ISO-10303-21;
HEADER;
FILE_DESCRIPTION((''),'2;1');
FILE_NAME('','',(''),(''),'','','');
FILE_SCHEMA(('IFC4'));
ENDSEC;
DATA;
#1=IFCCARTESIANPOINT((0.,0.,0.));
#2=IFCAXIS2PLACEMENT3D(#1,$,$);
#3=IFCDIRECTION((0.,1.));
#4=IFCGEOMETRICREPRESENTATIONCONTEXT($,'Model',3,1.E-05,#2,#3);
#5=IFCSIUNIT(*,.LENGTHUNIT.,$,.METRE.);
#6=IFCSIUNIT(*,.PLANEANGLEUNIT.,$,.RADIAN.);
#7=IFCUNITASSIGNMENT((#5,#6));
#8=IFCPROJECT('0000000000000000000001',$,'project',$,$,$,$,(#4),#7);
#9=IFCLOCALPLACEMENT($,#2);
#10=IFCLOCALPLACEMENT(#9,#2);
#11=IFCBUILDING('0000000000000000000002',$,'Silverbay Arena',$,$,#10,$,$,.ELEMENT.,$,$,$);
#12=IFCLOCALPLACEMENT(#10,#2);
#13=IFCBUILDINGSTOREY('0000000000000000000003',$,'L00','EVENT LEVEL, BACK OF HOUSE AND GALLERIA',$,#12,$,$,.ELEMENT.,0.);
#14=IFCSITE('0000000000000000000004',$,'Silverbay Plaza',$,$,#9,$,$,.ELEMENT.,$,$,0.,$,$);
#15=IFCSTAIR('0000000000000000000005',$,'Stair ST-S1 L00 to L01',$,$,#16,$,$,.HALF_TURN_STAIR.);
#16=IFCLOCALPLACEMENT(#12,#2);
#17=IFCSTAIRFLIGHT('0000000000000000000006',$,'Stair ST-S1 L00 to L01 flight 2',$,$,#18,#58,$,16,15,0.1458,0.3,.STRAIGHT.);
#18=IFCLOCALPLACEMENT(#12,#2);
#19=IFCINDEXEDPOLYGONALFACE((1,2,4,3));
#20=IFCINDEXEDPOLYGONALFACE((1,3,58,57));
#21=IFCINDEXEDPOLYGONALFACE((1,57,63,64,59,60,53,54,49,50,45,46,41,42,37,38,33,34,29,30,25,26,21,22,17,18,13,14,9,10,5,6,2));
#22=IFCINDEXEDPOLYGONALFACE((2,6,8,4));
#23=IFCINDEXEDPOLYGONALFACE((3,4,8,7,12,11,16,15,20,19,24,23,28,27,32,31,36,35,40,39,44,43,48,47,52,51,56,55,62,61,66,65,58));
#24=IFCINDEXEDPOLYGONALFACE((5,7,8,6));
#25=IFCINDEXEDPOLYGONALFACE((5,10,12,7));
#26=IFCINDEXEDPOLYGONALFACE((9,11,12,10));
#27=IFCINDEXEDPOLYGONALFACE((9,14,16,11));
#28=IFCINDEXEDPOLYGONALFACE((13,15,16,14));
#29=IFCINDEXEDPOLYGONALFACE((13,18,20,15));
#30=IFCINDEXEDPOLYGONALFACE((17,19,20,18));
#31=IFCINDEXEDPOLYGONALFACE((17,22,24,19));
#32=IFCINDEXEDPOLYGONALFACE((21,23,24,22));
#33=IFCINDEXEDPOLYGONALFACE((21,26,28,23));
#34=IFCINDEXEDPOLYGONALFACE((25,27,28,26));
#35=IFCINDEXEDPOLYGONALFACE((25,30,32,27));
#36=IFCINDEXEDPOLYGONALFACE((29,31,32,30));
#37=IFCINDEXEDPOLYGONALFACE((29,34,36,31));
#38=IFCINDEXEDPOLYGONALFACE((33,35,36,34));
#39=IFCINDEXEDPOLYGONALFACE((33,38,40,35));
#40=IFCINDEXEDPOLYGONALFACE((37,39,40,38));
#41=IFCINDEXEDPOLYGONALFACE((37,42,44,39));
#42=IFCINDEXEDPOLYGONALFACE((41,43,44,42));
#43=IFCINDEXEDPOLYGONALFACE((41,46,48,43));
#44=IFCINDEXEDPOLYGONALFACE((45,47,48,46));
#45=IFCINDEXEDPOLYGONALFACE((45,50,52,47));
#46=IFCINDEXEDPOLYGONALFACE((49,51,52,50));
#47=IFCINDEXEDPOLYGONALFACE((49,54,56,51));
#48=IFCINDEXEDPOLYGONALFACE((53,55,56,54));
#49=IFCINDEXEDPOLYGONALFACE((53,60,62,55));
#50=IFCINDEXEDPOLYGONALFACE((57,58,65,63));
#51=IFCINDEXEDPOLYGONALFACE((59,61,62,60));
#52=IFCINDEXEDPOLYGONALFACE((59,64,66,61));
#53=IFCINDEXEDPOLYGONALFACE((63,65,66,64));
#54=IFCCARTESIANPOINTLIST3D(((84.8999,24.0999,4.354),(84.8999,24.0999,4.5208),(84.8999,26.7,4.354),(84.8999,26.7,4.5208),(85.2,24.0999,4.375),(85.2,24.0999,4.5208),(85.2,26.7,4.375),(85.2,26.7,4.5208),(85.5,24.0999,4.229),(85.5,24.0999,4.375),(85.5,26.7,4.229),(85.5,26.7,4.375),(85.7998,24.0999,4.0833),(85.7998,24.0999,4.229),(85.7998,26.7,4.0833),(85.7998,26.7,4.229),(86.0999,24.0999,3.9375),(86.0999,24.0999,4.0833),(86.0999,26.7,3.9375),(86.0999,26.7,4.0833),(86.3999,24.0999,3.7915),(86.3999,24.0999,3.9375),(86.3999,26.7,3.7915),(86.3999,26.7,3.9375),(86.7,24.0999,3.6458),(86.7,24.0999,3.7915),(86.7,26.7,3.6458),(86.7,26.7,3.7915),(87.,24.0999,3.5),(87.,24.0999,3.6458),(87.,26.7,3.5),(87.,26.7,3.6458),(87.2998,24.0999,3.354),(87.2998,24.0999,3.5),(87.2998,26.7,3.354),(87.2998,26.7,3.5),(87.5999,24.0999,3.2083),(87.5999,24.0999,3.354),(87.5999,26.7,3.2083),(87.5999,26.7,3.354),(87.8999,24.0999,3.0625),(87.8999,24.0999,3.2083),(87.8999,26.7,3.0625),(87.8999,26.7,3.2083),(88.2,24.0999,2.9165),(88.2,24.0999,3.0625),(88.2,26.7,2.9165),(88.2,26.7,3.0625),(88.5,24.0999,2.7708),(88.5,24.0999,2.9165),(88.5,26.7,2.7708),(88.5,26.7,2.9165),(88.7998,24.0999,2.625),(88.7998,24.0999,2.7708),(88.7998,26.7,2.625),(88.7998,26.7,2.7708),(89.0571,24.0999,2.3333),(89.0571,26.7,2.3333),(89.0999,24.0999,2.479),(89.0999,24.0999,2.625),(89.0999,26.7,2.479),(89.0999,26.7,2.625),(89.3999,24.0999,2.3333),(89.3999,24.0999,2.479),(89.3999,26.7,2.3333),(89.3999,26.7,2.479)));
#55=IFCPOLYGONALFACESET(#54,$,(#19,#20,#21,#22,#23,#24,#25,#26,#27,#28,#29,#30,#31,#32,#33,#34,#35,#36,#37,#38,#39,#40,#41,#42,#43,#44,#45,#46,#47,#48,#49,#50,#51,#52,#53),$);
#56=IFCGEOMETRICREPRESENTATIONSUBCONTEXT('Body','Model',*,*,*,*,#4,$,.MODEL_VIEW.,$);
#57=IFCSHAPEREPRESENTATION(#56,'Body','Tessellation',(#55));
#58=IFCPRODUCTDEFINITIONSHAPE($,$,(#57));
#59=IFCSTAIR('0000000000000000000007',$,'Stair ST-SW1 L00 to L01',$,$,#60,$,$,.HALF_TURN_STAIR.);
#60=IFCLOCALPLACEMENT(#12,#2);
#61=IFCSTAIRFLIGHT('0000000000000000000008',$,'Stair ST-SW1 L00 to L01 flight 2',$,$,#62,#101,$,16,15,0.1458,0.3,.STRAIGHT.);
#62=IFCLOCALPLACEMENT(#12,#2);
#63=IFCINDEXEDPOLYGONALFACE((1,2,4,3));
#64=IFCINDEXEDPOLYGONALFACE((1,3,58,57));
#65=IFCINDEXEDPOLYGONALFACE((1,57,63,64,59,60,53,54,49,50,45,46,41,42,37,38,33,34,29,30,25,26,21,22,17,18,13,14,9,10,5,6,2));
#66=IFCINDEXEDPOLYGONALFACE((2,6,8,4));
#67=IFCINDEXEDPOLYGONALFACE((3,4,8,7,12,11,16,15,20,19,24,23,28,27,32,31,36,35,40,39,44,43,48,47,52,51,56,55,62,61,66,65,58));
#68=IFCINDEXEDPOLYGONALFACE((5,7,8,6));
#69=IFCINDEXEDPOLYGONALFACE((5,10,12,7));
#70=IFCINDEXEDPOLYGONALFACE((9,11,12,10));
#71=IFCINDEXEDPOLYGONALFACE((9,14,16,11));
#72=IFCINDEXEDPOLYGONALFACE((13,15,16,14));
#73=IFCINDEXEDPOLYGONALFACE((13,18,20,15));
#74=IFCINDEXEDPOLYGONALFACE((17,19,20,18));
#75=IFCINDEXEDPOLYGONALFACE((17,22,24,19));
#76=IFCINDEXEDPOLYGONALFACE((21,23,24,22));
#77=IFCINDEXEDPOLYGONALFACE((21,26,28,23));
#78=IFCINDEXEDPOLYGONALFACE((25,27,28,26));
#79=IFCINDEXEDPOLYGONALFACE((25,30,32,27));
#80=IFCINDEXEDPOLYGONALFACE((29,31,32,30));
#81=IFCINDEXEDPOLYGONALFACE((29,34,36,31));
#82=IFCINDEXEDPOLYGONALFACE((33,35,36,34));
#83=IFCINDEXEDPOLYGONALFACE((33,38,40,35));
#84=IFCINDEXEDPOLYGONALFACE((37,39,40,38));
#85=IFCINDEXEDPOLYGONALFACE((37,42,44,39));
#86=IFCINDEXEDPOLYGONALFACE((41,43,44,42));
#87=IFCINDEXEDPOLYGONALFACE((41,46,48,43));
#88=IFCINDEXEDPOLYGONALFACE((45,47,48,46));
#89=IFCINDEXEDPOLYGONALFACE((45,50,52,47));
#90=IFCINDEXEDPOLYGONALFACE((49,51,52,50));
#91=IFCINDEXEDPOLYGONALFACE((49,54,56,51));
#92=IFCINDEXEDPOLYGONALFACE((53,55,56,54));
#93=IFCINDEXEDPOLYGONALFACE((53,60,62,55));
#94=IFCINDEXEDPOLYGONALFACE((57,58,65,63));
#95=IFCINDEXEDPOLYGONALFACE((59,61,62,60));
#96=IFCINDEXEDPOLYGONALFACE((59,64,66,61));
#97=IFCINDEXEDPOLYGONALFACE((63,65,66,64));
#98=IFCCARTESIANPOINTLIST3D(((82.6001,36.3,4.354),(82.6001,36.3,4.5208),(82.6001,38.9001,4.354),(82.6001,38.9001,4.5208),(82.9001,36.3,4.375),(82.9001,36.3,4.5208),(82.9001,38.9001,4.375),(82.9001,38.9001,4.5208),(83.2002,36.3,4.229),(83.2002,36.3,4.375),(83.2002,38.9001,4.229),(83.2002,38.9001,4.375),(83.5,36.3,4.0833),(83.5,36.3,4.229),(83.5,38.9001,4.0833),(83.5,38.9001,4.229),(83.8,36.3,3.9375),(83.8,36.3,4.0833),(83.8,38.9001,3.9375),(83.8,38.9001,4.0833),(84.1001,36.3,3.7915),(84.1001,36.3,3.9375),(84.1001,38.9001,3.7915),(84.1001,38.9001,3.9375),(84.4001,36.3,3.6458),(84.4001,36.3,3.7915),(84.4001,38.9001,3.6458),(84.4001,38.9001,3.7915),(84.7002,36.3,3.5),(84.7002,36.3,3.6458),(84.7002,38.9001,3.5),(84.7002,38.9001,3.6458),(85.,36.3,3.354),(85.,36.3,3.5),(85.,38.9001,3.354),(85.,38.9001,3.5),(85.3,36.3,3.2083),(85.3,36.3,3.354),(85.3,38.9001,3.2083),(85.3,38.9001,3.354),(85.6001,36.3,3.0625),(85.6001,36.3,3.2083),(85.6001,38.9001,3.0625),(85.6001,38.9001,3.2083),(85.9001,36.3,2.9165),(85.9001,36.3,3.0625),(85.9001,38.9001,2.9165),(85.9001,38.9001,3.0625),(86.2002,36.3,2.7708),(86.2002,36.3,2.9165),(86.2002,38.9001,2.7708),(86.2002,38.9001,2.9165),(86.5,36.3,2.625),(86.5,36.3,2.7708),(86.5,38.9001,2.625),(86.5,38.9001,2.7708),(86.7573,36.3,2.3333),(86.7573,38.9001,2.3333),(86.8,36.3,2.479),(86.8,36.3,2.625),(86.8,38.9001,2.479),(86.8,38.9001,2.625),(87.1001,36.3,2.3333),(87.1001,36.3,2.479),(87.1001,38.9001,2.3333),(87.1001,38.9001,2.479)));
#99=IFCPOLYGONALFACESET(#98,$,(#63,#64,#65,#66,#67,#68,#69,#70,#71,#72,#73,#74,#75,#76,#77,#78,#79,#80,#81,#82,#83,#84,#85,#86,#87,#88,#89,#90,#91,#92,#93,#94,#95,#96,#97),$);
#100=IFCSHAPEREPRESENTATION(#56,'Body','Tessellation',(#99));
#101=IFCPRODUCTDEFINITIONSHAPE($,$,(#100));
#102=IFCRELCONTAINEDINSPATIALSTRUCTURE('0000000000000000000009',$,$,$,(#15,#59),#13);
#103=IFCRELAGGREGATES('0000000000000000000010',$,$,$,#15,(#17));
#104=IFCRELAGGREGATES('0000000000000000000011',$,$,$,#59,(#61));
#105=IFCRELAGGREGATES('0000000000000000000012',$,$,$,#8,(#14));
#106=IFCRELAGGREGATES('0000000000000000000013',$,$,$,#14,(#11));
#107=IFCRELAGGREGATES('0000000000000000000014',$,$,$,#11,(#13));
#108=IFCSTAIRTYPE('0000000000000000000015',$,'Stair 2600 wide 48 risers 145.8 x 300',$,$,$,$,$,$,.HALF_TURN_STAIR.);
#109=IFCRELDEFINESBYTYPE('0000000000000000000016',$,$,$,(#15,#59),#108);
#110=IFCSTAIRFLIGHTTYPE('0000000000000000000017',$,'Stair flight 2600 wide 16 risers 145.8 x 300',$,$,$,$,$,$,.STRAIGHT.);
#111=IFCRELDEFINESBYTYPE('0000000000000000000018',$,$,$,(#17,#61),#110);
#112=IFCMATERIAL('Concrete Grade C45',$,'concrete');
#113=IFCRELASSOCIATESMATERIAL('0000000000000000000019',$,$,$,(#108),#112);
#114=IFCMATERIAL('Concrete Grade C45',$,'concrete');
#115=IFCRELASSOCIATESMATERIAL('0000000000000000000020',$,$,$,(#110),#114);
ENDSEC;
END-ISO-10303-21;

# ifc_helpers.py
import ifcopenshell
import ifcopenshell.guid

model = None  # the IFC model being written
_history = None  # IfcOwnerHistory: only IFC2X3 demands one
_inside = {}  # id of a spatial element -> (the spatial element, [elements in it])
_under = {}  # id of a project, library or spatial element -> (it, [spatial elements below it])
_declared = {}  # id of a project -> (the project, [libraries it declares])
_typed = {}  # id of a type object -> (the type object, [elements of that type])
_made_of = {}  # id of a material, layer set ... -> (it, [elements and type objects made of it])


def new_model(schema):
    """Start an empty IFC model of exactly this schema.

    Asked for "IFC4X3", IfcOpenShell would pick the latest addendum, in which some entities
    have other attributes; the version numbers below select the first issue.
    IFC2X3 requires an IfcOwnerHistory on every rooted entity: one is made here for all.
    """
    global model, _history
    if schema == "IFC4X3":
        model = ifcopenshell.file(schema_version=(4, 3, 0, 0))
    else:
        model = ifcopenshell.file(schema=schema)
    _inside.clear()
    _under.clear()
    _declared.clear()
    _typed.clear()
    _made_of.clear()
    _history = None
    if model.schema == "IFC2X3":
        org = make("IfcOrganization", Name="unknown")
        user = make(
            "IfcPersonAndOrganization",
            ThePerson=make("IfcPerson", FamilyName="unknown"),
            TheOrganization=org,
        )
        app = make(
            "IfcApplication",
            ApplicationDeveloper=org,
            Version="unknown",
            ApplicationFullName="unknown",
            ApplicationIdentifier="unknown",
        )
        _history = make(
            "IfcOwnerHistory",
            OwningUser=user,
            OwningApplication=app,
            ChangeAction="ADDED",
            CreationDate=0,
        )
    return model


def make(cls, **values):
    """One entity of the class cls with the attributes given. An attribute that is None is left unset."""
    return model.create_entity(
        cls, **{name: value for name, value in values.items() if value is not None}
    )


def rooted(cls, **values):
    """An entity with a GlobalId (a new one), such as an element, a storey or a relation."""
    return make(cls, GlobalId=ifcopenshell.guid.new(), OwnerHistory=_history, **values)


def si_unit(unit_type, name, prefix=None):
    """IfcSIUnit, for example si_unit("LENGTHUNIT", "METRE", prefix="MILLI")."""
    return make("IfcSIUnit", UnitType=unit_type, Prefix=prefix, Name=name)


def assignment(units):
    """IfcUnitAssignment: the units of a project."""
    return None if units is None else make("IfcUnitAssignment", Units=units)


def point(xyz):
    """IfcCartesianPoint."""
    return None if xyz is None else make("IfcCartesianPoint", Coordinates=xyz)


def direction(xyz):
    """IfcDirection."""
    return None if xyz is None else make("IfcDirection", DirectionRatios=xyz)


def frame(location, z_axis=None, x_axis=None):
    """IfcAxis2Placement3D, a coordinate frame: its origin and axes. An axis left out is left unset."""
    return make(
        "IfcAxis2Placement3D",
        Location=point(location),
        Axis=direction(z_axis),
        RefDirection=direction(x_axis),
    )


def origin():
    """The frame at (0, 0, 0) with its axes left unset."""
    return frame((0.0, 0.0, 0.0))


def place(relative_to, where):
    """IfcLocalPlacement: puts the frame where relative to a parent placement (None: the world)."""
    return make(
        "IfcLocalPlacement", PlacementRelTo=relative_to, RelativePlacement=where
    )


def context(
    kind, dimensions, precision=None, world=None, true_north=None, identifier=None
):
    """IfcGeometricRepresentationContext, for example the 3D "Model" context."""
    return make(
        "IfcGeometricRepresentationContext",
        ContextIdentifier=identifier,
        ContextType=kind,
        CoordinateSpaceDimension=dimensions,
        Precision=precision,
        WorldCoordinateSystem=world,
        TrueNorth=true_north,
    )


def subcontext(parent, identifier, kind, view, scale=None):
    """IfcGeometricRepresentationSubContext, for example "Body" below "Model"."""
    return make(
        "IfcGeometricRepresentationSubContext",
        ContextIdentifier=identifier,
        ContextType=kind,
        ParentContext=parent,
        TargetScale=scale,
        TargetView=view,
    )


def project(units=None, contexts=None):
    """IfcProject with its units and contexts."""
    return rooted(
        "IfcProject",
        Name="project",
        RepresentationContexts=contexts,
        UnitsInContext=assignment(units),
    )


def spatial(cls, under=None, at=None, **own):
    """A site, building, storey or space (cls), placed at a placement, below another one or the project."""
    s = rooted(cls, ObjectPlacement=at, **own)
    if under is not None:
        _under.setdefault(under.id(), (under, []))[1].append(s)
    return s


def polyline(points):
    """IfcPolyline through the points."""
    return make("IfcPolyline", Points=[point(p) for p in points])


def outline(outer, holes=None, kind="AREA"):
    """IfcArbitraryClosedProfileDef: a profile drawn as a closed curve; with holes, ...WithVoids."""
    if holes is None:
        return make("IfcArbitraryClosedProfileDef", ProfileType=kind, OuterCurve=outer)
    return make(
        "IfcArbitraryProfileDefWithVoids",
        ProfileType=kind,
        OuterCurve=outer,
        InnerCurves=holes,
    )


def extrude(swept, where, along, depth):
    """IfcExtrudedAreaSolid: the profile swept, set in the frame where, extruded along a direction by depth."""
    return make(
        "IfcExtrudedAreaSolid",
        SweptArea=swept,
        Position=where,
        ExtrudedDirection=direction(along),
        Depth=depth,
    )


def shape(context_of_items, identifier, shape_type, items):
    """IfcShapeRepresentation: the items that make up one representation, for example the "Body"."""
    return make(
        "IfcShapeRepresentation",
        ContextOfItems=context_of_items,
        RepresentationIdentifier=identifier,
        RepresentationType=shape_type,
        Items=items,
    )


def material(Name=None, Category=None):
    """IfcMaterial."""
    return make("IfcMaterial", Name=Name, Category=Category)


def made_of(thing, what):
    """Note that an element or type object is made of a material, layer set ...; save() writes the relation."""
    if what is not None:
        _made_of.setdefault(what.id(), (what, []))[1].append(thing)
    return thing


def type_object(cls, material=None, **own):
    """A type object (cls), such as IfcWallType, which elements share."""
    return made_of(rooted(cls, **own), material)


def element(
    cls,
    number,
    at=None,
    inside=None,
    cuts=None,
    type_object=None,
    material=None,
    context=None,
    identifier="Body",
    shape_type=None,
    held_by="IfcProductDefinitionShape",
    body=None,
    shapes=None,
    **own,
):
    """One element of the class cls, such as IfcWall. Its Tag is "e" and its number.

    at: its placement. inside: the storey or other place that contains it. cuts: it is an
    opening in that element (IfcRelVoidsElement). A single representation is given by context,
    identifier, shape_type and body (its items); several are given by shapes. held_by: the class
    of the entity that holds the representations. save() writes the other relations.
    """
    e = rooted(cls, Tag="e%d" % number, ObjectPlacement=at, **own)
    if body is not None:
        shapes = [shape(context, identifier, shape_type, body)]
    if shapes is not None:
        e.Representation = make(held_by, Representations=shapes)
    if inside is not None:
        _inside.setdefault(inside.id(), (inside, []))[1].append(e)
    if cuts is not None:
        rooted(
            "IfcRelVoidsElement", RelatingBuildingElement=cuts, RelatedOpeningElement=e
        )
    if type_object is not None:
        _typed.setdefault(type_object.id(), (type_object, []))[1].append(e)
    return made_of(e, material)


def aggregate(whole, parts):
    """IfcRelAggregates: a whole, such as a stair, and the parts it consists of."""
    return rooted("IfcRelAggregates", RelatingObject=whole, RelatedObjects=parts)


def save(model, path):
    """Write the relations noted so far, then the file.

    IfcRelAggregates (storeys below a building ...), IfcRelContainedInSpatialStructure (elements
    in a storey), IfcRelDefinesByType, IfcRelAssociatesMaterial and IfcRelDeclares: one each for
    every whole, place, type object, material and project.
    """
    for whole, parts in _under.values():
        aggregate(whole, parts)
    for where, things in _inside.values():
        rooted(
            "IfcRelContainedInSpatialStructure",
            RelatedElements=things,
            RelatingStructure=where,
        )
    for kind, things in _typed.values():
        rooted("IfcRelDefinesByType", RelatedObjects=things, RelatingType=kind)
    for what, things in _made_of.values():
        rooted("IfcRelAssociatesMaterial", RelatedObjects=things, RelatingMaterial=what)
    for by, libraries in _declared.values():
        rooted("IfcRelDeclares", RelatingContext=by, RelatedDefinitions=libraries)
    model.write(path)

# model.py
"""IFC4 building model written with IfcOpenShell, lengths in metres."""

from ifc_helpers import new_model, si_unit, direction, frame, origin, place, context, subcontext, project, spatial, polyline, outline, extrude, material, type_object, element, aggregate, save


model = new_model("IFC4")

# Units and contexts
model_context = context("Model", 3, precision=1e-05, world=origin(), true_north=direction((0.0, 1.0)))
body_context = subcontext(model_context, "Body", "Model", "MODEL_VIEW")
ifc_project = project(units=[si_unit("LENGTHUNIT", "METRE"), si_unit("PLANEANGLEUNIT", "RADIAN")], contexts=[model_context])

# Site, building, storey
site_placement = place(None, origin())
site = spatial("IfcSite", under=ifc_project, at=site_placement, Name="Silverbay Plaza", CompositionType="ELEMENT", RefElevation=0.0)
building_placement = place(site_placement, origin())
building = spatial("IfcBuilding", under=site, at=building_placement, Name="Silverbay Arena", CompositionType="ELEMENT")
storey_placement = place(building_placement, origin())
storey = spatial("IfcBuildingStorey", under=building, at=storey_placement, Name="L00", Description="EVENT LEVEL, BACK OF HOUSE AND GALLERIA", CompositionType="ELEMENT", Elevation=0.0)

# Stairs, stair flights
ifc_material_1 = material(Name="Concrete Grade C45", Category="concrete")
stair_type = type_object("IfcStairType", Name="Stair 2600 wide 48 risers 145.8 x 300", PredefinedType="HALF_TURN_STAIR", material=ifc_material_1)
stair_1_placement = place(storey_placement, origin())
stair_1 = element("IfcStair", 1, at=stair_1_placement, inside=storey, type_object=stair_type, Name="Stair ST-S1 L00 to L01", PredefinedType="HALF_TURN_STAIR")
ifc_material_2 = material(Name="Concrete Grade C45", Category="concrete")
stair_flight_type = type_object("IfcStairFlightType", Name="Stair flight 2600 wide 16 risers 145.8 x 300", PredefinedType="STRAIGHT", material=ifc_material_2)
stair_flight_1_placement = place(storey_placement, frame((89.3999, 25.3999, 2.3333), z_axis=(0.0, 0.0, 1.0), x_axis=(-1.0, 0.0, 0.0)))
stair_flight_1 = element("IfcStairFlight", 2, at=stair_flight_1_placement, type_object=stair_flight_type, Name="Stair ST-S1 L00 to L01 flight 2", NumberOfRisers=16, NumberOfTreads=15, PredefinedType="STRAIGHT", RiserHeight=0.1458, TreadLength=0.3, context=body_context, shape_type="SweptSolid", body=[
    extrude(outline(polyline([(0.0, 0.0), (0.0, 0.1458), (0.3, 0.1458), (0.3, 0.2917), (0.6001, 0.2917), (0.6001, 0.4375), (0.8999, 0.4375), (0.8999, 0.5833), (1.2, 0.5833), (1.2, 0.7292), (1.5, 0.7292), (1.5, 0.875), (1.8, 0.875), (1.8, 1.0208), (2.1001, 1.0208), (2.1001, 1.1667), (2.3999, 1.1667), (2.3999, 1.3125), (2.7, 1.3125), (2.7, 1.4583), (3.0, 1.4583), (3.0, 1.6042), (3.3, 1.6042), (3.3, 1.75), (3.6001, 1.75), (3.6001, 1.8958), (3.8999, 1.8958), (3.8999, 2.0417), (4.2, 2.0417), (4.2, 2.1875), (4.5, 2.1875), (4.5, 2.0208), (0.3428, 0.0), (0.0, 0.0)])), frame((0.0, 1.3, 0.0), z_axis=(0.0, -1.0, 0.0), x_axis=(1.0, 0.0, 0.0)), (0.0, 0.0, 1.0), 2.6001),
])
aggregate(stair_1, [stair_flight_1])
stair_2_placement = place(storey_placement, origin())
stair_2 = element("IfcStair", 3, at=stair_2_placement, inside=storey, type_object=stair_type, Name="Stair ST-SW1 L00 to L01", PredefinedType="HALF_TURN_STAIR")
stair_flight_2_placement = place(storey_placement, frame((87.1001, 37.6001, 2.3333), z_axis=(0.0, 0.0, 1.0), x_axis=(-1.0, 0.0, 0.0)))
stair_flight_2 = element("IfcStairFlight", 4, at=stair_flight_2_placement, type_object=stair_flight_type, Name="Stair ST-SW1 L00 to L01 flight 2", NumberOfRisers=16, NumberOfTreads=15, PredefinedType="STRAIGHT", RiserHeight=0.1458, TreadLength=0.3, context=body_context, shape_type="SweptSolid", body=[
    extrude(outline(polyline([(0.0, 0.0), (0.0, 0.1458), (0.3, 0.1458), (0.3, 0.2917), (0.6001, 0.2917), (0.6001, 0.4375), (0.8999, 0.4375), (0.8999, 0.5833), (1.2, 0.5833), (1.2, 0.7292), (1.5, 0.7292), (1.5, 0.875), (1.8, 0.875), (1.8, 1.0208), (2.1001, 1.0208), (2.1001, 1.1667), (2.3999, 1.1667), (2.3999, 1.3125), (2.7, 1.3125), (2.7, 1.4583), (3.0, 1.4583), (3.0, 1.6042), (3.3, 1.6042), (3.3, 1.75), (3.6001, 1.75), (3.6001, 1.8958), (3.8999, 1.8958), (3.8999, 2.0417), (4.2, 2.0417), (4.2, 2.1875), (4.5, 2.1875), (4.5, 2.0208), (0.3428, 0.0), (0.0, 0.0)])), frame((0.0, 1.3, 0.0), z_axis=(0.0, -1.0, 0.0), x_axis=(1.0, 0.0, 0.0)), (0.0, 0.0, 1.0), 2.6001),
])
aggregate(stair_2, [stair_flight_2])

save(model, "model.ifc")
